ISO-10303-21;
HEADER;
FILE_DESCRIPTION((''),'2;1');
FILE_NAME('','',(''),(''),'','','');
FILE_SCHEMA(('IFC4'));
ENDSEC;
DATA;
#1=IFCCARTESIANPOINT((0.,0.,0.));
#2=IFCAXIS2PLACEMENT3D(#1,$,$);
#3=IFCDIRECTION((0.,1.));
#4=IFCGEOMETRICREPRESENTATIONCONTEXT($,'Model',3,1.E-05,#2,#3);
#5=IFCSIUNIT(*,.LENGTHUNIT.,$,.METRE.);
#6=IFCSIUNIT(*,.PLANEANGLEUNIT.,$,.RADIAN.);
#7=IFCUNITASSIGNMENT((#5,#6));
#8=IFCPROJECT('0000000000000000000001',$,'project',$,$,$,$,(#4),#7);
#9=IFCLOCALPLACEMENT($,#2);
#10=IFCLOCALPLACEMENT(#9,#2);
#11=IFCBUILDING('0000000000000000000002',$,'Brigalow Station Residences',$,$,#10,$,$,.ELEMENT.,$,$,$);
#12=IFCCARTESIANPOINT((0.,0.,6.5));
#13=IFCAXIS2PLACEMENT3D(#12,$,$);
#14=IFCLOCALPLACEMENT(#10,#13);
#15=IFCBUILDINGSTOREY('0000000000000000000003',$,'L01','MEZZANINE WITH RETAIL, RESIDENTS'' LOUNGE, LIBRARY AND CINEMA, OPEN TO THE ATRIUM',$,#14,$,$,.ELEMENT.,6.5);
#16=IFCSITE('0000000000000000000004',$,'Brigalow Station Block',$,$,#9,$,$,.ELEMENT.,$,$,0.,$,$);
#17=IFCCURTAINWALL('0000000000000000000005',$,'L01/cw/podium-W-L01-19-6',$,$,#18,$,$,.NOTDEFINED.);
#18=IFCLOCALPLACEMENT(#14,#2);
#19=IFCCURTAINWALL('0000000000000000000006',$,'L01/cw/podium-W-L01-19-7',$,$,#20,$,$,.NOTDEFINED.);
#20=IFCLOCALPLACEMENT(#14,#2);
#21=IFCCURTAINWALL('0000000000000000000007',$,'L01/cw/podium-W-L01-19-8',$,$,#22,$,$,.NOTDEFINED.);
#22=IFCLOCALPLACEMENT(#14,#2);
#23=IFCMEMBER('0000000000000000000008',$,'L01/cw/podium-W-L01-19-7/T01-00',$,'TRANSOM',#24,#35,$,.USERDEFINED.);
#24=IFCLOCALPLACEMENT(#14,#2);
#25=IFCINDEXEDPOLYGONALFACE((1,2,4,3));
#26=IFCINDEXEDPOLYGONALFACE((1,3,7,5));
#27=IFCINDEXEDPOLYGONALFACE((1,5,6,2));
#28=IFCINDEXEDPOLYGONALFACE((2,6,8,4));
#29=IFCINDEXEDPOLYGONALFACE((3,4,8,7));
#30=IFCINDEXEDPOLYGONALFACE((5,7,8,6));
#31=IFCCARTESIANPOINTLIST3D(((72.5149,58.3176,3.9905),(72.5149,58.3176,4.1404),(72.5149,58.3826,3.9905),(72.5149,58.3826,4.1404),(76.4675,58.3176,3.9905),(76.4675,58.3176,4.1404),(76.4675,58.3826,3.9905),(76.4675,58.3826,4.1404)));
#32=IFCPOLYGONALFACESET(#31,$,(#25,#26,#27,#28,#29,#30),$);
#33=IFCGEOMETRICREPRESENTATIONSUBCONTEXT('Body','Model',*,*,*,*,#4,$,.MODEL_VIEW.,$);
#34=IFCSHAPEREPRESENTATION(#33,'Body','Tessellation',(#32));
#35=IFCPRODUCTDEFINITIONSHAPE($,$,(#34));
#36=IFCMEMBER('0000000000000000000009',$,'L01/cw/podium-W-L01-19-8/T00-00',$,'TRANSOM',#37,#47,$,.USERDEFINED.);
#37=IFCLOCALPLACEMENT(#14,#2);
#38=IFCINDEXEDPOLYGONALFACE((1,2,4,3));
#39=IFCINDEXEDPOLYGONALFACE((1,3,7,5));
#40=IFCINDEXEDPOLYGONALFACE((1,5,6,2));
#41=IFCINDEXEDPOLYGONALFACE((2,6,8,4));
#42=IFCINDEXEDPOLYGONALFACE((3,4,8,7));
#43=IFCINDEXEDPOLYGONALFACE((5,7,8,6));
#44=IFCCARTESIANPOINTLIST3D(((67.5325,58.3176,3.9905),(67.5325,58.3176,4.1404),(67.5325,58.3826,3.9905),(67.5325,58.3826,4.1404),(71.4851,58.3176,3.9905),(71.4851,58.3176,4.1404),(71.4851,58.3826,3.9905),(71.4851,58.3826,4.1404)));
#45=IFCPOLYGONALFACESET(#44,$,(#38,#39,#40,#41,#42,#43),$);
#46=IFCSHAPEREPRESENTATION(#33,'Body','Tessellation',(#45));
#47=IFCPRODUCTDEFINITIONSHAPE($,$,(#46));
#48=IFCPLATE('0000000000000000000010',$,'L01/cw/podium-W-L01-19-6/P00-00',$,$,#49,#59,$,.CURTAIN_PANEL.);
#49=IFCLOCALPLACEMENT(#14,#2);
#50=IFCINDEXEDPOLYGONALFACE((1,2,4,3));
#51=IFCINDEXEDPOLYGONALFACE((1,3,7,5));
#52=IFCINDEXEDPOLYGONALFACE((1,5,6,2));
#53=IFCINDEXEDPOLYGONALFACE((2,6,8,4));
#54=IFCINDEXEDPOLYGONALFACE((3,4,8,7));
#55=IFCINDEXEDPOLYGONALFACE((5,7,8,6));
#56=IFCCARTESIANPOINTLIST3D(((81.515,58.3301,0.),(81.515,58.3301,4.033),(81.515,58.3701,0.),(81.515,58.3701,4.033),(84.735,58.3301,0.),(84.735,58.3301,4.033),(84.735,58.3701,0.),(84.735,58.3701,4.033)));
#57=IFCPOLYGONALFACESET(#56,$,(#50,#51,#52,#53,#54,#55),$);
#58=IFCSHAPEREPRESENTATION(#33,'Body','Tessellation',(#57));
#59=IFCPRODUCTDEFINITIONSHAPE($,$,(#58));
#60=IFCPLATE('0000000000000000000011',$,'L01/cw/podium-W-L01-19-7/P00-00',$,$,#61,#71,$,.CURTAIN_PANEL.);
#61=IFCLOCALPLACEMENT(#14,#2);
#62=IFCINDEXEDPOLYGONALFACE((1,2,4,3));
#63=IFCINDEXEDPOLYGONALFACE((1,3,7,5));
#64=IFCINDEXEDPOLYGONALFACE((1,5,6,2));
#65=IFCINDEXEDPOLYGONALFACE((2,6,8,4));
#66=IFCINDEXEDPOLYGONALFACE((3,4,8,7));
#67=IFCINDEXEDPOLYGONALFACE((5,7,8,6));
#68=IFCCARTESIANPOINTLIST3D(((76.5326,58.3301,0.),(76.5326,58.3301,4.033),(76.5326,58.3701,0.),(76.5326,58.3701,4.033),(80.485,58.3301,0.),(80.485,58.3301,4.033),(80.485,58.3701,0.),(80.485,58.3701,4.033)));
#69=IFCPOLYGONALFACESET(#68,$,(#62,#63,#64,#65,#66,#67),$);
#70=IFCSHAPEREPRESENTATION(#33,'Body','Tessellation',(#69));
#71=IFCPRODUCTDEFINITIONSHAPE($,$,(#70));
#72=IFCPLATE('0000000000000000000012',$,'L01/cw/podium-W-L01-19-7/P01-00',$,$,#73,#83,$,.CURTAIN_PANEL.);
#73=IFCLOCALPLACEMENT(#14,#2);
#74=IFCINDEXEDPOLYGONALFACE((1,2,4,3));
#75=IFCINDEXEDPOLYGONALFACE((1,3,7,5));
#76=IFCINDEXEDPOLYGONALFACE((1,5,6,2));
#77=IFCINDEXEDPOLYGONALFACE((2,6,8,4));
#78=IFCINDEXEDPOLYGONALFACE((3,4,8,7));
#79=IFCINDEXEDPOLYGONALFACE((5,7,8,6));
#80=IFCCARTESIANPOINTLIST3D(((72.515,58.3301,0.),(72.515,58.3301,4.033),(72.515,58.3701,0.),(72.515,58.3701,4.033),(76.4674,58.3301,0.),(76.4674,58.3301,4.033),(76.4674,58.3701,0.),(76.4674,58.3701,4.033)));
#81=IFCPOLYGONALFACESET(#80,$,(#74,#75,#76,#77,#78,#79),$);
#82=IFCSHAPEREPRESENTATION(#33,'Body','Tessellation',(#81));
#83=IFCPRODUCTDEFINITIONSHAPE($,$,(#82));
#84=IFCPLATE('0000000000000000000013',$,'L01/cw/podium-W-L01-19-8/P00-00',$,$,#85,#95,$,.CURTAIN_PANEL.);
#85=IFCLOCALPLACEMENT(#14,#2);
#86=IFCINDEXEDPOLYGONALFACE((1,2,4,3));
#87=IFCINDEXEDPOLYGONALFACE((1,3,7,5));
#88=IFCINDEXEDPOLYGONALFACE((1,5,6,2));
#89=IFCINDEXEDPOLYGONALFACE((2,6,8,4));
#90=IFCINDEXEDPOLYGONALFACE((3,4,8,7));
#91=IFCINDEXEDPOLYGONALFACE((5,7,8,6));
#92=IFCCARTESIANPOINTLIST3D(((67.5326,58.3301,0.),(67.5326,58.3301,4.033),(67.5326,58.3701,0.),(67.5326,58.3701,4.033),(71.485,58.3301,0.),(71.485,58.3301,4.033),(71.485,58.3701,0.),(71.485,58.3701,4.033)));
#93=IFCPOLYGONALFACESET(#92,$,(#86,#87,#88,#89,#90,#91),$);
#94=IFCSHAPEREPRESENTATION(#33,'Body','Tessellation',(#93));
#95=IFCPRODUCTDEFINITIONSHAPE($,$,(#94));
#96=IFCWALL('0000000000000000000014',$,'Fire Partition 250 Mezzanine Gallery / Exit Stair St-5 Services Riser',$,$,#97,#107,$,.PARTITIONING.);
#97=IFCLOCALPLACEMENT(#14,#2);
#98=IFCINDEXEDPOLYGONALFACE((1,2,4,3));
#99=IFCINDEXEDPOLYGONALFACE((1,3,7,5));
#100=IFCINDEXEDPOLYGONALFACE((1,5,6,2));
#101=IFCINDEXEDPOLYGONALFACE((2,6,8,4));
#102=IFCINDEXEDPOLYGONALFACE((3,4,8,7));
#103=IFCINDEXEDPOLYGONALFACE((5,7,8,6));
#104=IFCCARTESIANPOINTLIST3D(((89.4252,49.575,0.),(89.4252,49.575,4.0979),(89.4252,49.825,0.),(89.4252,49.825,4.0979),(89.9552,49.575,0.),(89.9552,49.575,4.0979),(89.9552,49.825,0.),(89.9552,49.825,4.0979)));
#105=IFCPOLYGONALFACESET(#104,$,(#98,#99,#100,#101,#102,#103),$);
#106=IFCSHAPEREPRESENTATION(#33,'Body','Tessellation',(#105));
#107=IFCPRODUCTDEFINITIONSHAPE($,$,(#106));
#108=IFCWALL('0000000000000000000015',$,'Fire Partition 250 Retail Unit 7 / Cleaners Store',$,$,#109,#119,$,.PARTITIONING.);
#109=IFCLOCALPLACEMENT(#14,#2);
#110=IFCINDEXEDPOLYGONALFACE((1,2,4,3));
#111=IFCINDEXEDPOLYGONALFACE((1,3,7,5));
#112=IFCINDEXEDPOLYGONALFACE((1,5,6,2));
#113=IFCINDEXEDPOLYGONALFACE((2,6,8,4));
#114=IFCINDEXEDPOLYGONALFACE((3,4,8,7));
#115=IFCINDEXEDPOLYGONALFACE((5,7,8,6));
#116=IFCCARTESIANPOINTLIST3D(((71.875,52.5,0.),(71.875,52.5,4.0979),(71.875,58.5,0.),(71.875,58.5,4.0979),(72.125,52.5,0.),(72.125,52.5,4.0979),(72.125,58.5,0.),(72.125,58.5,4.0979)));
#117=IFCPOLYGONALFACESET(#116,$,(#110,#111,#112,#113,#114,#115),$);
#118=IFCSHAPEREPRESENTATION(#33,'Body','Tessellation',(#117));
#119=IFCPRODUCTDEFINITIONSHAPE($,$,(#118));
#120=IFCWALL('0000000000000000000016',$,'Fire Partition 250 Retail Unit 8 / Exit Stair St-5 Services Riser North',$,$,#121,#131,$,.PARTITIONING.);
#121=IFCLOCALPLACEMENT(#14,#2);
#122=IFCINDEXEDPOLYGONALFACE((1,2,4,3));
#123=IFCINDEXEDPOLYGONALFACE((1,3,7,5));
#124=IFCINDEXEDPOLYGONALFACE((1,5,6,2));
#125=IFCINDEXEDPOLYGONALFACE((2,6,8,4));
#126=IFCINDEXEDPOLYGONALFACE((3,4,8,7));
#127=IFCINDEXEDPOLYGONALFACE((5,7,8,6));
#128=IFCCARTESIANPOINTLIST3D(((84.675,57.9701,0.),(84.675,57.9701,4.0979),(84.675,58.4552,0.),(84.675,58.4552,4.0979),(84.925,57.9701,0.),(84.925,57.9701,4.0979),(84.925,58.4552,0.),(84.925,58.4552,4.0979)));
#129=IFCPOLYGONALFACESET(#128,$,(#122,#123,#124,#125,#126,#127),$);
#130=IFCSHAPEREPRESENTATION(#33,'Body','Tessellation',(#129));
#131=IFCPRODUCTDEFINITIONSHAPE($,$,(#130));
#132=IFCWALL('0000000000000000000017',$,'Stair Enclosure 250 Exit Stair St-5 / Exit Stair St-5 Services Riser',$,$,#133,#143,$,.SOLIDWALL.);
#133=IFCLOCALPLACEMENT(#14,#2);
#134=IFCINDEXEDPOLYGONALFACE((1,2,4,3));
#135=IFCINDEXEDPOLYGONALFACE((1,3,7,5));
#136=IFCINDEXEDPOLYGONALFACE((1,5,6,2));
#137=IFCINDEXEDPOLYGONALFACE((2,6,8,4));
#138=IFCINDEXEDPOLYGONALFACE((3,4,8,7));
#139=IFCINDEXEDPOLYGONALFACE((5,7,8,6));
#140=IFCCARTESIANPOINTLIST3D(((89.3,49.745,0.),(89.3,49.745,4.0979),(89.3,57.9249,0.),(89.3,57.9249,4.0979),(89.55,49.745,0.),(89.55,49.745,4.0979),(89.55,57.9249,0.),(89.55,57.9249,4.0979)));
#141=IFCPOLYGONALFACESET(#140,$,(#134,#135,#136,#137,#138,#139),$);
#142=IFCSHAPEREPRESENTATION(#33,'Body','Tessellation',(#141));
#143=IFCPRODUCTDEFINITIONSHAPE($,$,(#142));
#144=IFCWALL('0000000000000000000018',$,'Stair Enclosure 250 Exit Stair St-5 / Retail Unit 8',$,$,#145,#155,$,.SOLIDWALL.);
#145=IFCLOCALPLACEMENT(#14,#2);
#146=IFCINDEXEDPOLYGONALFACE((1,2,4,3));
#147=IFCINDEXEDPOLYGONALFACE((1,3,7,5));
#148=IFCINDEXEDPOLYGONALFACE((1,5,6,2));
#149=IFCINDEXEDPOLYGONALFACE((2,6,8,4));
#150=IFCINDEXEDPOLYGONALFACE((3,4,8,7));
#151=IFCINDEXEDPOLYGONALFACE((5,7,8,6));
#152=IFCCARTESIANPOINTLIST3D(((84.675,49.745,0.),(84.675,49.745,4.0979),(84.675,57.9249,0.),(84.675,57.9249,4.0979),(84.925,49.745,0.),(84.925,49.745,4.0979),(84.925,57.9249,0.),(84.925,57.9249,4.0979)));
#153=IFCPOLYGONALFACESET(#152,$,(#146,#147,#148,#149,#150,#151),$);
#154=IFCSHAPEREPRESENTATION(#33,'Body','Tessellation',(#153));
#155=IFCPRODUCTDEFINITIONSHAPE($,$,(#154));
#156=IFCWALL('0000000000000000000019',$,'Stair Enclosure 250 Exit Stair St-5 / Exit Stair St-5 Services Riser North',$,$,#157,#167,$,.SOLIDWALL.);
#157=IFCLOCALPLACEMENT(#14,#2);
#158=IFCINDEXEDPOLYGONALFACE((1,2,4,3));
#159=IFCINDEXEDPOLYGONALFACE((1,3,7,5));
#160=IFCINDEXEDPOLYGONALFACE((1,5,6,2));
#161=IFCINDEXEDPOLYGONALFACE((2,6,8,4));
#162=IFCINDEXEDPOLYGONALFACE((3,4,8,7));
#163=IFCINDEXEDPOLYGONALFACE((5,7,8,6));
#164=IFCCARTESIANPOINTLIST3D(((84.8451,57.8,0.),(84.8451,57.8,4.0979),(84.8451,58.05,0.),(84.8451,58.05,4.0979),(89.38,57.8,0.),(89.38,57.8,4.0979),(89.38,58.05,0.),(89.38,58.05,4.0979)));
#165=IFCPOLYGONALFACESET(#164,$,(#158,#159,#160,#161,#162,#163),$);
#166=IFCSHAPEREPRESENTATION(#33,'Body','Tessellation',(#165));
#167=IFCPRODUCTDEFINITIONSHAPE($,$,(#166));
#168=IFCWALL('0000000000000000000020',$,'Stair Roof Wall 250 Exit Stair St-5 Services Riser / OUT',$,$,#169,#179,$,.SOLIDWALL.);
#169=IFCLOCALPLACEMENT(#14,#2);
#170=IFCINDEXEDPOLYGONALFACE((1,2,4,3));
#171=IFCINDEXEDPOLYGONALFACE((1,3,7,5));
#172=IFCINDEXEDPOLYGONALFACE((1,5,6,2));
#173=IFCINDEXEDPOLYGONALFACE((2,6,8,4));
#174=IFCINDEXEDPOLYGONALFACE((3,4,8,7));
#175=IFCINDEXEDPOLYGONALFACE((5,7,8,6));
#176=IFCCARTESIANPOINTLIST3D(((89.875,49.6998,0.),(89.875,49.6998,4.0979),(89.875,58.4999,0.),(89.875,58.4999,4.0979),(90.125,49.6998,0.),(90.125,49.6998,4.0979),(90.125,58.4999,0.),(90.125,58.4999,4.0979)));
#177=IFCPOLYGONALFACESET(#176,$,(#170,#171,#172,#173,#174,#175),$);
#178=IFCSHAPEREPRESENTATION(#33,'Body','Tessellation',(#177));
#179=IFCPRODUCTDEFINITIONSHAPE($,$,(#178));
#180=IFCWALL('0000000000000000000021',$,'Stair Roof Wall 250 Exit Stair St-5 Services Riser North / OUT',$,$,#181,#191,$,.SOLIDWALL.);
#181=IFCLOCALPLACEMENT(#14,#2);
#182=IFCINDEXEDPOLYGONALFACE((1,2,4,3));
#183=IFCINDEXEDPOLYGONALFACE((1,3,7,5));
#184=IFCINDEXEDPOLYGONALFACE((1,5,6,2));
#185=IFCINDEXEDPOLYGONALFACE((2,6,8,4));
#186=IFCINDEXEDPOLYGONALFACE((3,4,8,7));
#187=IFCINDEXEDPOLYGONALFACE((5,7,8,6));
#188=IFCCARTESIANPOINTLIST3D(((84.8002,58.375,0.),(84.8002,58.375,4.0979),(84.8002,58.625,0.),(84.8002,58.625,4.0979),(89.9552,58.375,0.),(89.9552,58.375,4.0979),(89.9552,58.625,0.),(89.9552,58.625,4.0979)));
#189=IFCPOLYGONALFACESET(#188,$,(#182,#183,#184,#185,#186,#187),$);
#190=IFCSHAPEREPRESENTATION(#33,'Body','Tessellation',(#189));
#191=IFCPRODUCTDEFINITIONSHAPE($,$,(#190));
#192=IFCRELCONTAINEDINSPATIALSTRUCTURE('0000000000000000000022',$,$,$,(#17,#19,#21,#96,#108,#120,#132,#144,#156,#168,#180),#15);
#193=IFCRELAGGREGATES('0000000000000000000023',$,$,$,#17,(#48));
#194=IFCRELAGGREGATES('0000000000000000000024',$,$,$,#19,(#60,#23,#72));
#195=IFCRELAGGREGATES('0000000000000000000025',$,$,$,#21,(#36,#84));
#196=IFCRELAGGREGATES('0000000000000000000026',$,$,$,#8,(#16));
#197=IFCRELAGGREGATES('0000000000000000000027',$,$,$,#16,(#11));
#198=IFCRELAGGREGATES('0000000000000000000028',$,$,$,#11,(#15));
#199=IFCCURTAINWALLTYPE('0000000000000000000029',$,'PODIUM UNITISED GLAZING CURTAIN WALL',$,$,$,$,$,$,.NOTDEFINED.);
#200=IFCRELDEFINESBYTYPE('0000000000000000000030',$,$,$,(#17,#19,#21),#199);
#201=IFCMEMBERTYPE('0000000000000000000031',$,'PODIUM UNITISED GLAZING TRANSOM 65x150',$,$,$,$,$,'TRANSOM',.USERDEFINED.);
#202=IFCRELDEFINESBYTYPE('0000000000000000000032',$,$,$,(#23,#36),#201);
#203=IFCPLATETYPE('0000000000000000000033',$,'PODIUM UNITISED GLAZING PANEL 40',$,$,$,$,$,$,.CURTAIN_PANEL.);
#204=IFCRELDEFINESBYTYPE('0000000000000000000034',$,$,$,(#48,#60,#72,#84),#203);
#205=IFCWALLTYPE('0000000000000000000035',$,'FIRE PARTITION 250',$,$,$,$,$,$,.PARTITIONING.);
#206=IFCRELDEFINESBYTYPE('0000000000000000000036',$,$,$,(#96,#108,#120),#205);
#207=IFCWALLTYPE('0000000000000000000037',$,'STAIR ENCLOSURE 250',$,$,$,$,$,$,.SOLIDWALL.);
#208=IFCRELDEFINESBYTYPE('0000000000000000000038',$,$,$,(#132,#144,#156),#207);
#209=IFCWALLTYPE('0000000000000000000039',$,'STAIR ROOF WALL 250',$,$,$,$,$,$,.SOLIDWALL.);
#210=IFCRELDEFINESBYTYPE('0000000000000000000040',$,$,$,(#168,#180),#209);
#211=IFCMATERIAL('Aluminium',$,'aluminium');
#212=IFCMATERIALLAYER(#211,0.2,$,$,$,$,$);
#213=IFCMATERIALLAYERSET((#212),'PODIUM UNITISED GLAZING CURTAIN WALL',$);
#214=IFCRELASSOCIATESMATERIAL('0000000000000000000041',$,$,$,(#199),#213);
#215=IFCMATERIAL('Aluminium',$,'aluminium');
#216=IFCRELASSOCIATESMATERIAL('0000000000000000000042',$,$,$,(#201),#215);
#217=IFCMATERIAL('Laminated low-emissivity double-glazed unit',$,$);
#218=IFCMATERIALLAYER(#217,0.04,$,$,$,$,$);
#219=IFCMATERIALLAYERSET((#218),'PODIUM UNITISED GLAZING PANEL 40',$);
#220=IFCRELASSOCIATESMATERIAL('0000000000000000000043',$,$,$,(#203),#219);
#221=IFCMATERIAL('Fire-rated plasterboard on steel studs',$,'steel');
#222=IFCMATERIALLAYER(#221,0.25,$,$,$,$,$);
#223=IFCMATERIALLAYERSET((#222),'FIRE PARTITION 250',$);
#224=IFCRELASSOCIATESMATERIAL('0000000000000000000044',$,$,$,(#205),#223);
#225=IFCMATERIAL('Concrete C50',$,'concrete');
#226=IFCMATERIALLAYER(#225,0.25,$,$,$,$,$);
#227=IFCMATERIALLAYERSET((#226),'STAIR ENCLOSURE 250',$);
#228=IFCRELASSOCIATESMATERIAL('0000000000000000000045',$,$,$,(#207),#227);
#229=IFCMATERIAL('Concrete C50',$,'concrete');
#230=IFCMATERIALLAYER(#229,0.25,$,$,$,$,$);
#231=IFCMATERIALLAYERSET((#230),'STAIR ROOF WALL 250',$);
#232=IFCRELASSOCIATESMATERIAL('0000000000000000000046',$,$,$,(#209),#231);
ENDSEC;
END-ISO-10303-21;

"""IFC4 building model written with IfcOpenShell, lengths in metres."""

from ifc_helpers import new_model, si_unit, direction, frame, frame_2d, origin, origin_2d, place, context, subcontext, project, spatial, rectangle, extrude, material, layer, layer_set, material_profile, profile_set, type_object, element, aggregate, save


model = new_model("IFC4")

# Units and contexts
model_context = context("Model", 3, precision=1e-05, world=origin(), true_north=direction((0.0, 1.0)))
body_context = subcontext(model_context, "Body", "Model", "MODEL_VIEW")
ifc_project = project(units=[si_unit("LENGTHUNIT", "METRE"), si_unit("PLANEANGLEUNIT", "RADIAN")], contexts=[model_context])

# Site, building, storey
site_placement = place(None, origin())
site = spatial("IfcSite", under=ifc_project, at=site_placement, Name="Brigalow Station Block", CompositionType="ELEMENT", RefElevation=0.0)
building_placement = place(site_placement, origin())
building = spatial("IfcBuilding", under=site, at=building_placement, Name="Brigalow Station Residences", CompositionType="ELEMENT")
storey_placement = place(building_placement, frame((0.0, 0.0, 6.5)))
storey = spatial("IfcBuildingStorey", under=building, at=storey_placement, Name="L01", Description="MEZZANINE WITH RETAIL, RESIDENTS' LOUNGE, LIBRARY AND CINEMA, OPEN TO THE ATRIUM", CompositionType="ELEMENT", Elevation=6.5)

# Curtain walls
ifc_material_1 = material(Name="Aluminium", Category="aluminium")
ifc_layer_1 = layer(ifc_material_1, 0.2)
ifc_layer_set_1 = layer_set([ifc_layer_1], Name="PODIUM UNITISED GLAZING CURTAIN WALL")
curtain_wall_type = type_object("IfcCurtainWallType", Name="PODIUM UNITISED GLAZING CURTAIN WALL", PredefinedType="NOTDEFINED", material=ifc_layer_set_1)
curtain_wall_1_placement = place(storey_placement, origin())
curtain_wall_1 = element("IfcCurtainWall", 1, at=curtain_wall_1_placement, inside=storey, type_object=curtain_wall_type, Name="L01/cw/podium-W-L01-19-6", PredefinedType="NOTDEFINED")
curtain_wall_2_placement = place(storey_placement, origin())
curtain_wall_2 = element("IfcCurtainWall", 2, at=curtain_wall_2_placement, inside=storey, type_object=curtain_wall_type, Name="L01/cw/podium-W-L01-19-7", PredefinedType="NOTDEFINED")

# Curtain wall
curtain_wall_3_placement = place(storey_placement, origin())
curtain_wall_3 = element("IfcCurtainWall", 3, at=curtain_wall_3_placement, inside=storey, type_object=curtain_wall_type, Name="L01/cw/podium-W-L01-19-8", PredefinedType="NOTDEFINED")

# Members
ifc_material_2 = material(Name="Aluminium", Category="aluminium")
ifc_material_profile_1 = material_profile(ifc_material_2, rectangle(XDim=0.0649, YDim=0.1499, at=origin_2d()), Name="PODIUM UNITISED GLAZING TRANSOM 65x150")
ifc_profile_set_1 = profile_set([ifc_material_profile_1], Name="Aluminium")
member_type_1 = type_object("IfcMemberType", Name="PODIUM UNITISED GLAZING TRANSOM 65x150", ElementType="TRANSOM", PredefinedType="USERDEFINED", material=ifc_profile_set_1)
member_1_placement = place(storey_placement, frame((76.4675, 58.3501, 4.0654), z_axis=(-1.0, 0.0, 0.0), x_axis=(0.0, -1.0, 0.0)))
member_1 = element("IfcMember", 4, at=member_1_placement, type_object=member_type_1, Name="L01/cw/podium-W-L01-19-7/T01-00", ObjectType="TRANSOM", PredefinedType="USERDEFINED", context=body_context, shape_type="SweptSolid", body=[
    extrude(rectangle(XDim=0.0649, YDim=0.1499, at=origin_2d()), origin(), (0.0, 0.0, 1.0), 3.9526),
])
member_2_placement = place(storey_placement, frame((71.4851, 58.3501, 4.0654), z_axis=(-1.0, 0.0, 0.0), x_axis=(0.0, -1.0, 0.0)))
member_2 = element("IfcMember", 5, at=member_2_placement, type_object=member_type_1, Name="L01/cw/podium-W-L01-19-8/T00-00", ObjectType="TRANSOM", PredefinedType="USERDEFINED", context=body_context, shape_type="SweptSolid", body=[
    extrude(rectangle(XDim=0.0649, YDim=0.1499, at=origin_2d()), origin(), (0.0, 0.0, 1.0), 3.9526),
])

# Plates
ifc_material_3 = material(Name="Laminated low-emissivity double-glazed unit")
ifc_layer_2 = layer(ifc_material_3, 0.04)
ifc_layer_set_2 = layer_set([ifc_layer_2], Name="PODIUM UNITISED GLAZING PANEL 40")
plate_type = type_object("IfcPlateType", Name="PODIUM UNITISED GLAZING PANEL 40", PredefinedType="CURTAIN_PANEL", material=ifc_layer_set_2)
plate_1_placement = place(storey_placement, frame((83.125, 58.3501, 0.0), z_axis=(0.0, 0.0, 1.0), x_axis=(-1.0, 0.0, 0.0)))
plate_1 = element("IfcPlate", 6, at=plate_1_placement, type_object=plate_type, Name="L01/cw/podium-W-L01-19-6/P00-00", PredefinedType="CURTAIN_PANEL", context=body_context, shape_type="SweptSolid", body=[
    extrude(rectangle(XDim=3.22, YDim=0.04, at=origin_2d()), origin(), (0.0, 0.0, 1.0), 4.033),
])
aggregate(curtain_wall_1, [plate_1])
plate_2_placement = place(storey_placement, frame((78.5088, 58.3501, 0.0), z_axis=(0.0, 0.0, 1.0), x_axis=(-1.0, 0.0, 0.0)))
plate_2 = element("IfcPlate", 7, at=plate_2_placement, type_object=plate_type, Name="L01/cw/podium-W-L01-19-7/P00-00", PredefinedType="CURTAIN_PANEL", context=body_context, shape_type="SweptSolid", body=[
    extrude(rectangle(XDim=3.9524, YDim=0.04, at=origin_2d()), origin(), (0.0, 0.0, 1.0), 4.033),
])
plate_3_placement = place(storey_placement, frame((74.4912, 58.3501, 0.0), z_axis=(0.0, 0.0, 1.0), x_axis=(-1.0, 0.0, 0.0)))
plate_3 = element("IfcPlate", 8, at=plate_3_placement, type_object=plate_type, Name="L01/cw/podium-W-L01-19-7/P01-00", PredefinedType="CURTAIN_PANEL", context=body_context, shape_type="SweptSolid", body=[
    extrude(rectangle(XDim=3.9524, YDim=0.04, at=origin_2d()), origin(), (0.0, 0.0, 1.0), 4.033),
])
aggregate(curtain_wall_2, [plate_2, member_1, plate_3])
plate_4_placement = place(storey_placement, frame((69.5088, 58.3501, 0.0), z_axis=(0.0, 0.0, 1.0), x_axis=(-1.0, 0.0, 0.0)))
plate_4 = element("IfcPlate", 9, at=plate_4_placement, type_object=plate_type, Name="L01/cw/podium-W-L01-19-8/P00-00", PredefinedType="CURTAIN_PANEL", context=body_context, shape_type="SweptSolid", body=[
    extrude(rectangle(XDim=3.9524, YDim=0.04, at=origin_2d()), origin(), (0.0, 0.0, 1.0), 4.033),
])
aggregate(curtain_wall_3, [member_2, plate_4])

# Walls
ifc_material_4 = material(Name="Fire-rated plasterboard on steel studs", Category="steel")
ifc_layer_3 = layer(ifc_material_4, 0.25)
ifc_layer_set_3 = layer_set([ifc_layer_3], Name="FIRE PARTITION 250")
wall_type_1 = type_object("IfcWallType", Name="FIRE PARTITION 250", PredefinedType="PARTITIONING", material=ifc_layer_set_3)
wall_1_placement = place(storey_placement, frame((89.425, 49.7, 0.0), z_axis=(0.0, 0.0, 1.0), x_axis=(1.0, 0.0, 0.0)))
element("IfcWall", 10, at=wall_1_placement, inside=storey, type_object=wall_type_1, Name="Fire Partition 250 Mezzanine Gallery / Exit Stair St-5 Services Riser", PredefinedType="PARTITIONING", context=body_context, shape_type="SweptSolid", body=[
    extrude(rectangle(XDim=0.53, YDim=0.25, at=frame_2d((0.2651, 0.0))), origin(), (0.0, 0.0, 1.0), 4.0979),
])
wall_2_placement = place(storey_placement, frame((72.0, 52.5, 0.0), z_axis=(0.0, 0.0, 1.0), x_axis=(0.0, 1.0, 0.0)))
element("IfcWall", 11, at=wall_2_placement, inside=storey, type_object=wall_type_1, Name="Fire Partition 250 Retail Unit 7 / Cleaners Store", PredefinedType="PARTITIONING", context=body_context, shape_type="SweptSolid", body=[
    extrude(rectangle(XDim=6.0, YDim=0.25, at=frame_2d((3.0, 0.0))), origin(), (0.0, 0.0, 1.0), 4.0979),
])
wall_3_placement = place(storey_placement, frame((84.8, 57.97, 0.0), z_axis=(0.0, 0.0, 1.0), x_axis=(0.0, 1.0, 0.0)))
element("IfcWall", 12, at=wall_3_placement, inside=storey, type_object=wall_type_1, Name="Fire Partition 250 Retail Unit 8 / Exit Stair St-5 Services Riser North", PredefinedType="PARTITIONING", context=body_context, shape_type="SweptSolid", body=[
    extrude(rectangle(XDim=0.4851, YDim=0.25, at=frame_2d((0.2427, 0.0))), origin(), (0.0, 0.0, 1.0), 4.0979),
])

# Shared definitions
ifc_material_5 = material(Name="Concrete C50", Category="concrete")
ifc_layer_4 = layer(ifc_material_5, 0.25)
ifc_layer_set_4 = layer_set([ifc_layer_4], Name="STAIR ENCLOSURE 250")
wall_type_2 = type_object("IfcWallType", Name="STAIR ENCLOSURE 250", PredefinedType="SOLIDWALL", material=ifc_layer_set_4)

# Walls
for number, where, z_axis, x_axis, name in (
    (13, (89.425, 49.7451, 0.0), (0.0, 0.0, 1.0), (0.0, 1.0, 0.0), "Stair Enclosure 250 Exit Stair St-5 / Exit Stair St-5 Services Riser"),
    (14, (84.8, 49.7451, 0.0), (0.0, 0.0, 1.0), (0.0, 1.0, 0.0), "Stair Enclosure 250 Exit Stair St-5 / Retail Unit 8"),
):
    element("IfcWall", number, at=place(storey_placement, frame(where, z_axis=z_axis, x_axis=x_axis)), inside=storey, type_object=wall_type_2, Name=name, PredefinedType="SOLIDWALL", context=body_context, shape_type="SweptSolid", body=[
        extrude(rectangle(XDim=8.1799, YDim=0.25, at=frame_2d((4.0898, 0.0))), origin(), (0.0, 0.0, 1.0), 4.0979),
    ])
wall_4_placement = place(storey_placement, frame((84.845, 57.925, 0.0), z_axis=(0.0, 0.0, 1.0), x_axis=(1.0, 0.0, 0.0)))
element("IfcWall", 15, at=wall_4_placement, inside=storey, type_object=wall_type_2, Name="Stair Enclosure 250 Exit Stair St-5 / Exit Stair St-5 Services Riser North", PredefinedType="SOLIDWALL", context=body_context, shape_type="SweptSolid", body=[
    extrude(rectangle(XDim=4.5349, YDim=0.25, at=frame_2d((2.2676, 0.0))), origin(), (0.0, 0.0, 1.0), 4.0979),
])
ifc_material_6 = material(Name="Concrete C50", Category="concrete")
ifc_layer_5 = layer(ifc_material_6, 0.25)
ifc_layer_set_5 = layer_set([ifc_layer_5], Name="STAIR ROOF WALL 250")
wall_type_3 = type_object("IfcWallType", Name="STAIR ROOF WALL 250", PredefinedType="SOLIDWALL", material=ifc_layer_set_5)
wall_5_placement = place(storey_placement, frame((90.0, 49.7, 0.0), z_axis=(0.0, 0.0, 1.0), x_axis=(0.0, 1.0, 0.0)))
element("IfcWall", 16, at=wall_5_placement, inside=storey, type_object=wall_type_3, Name="Stair Roof Wall 250 Exit Stair St-5 Services Riser / OUT", PredefinedType="SOLIDWALL", context=body_context, shape_type="SweptSolid", body=[
    extrude(rectangle(XDim=8.8, YDim=0.25, at=frame_2d((4.3999, 0.0))), origin(), (0.0, 0.0, 1.0), 4.0979),
])
wall_6_placement = place(storey_placement, frame((84.8, 58.5, 0.0), z_axis=(0.0, 0.0, 1.0), x_axis=(1.0, 0.0, 0.0)))
element("IfcWall", 17, at=wall_6_placement, inside=storey, type_object=wall_type_3, Name="Stair Roof Wall 250 Exit Stair St-5 Services Riser North / OUT", PredefinedType="SOLIDWALL", context=body_context, shape_type="SweptSolid", body=[
    extrude(rectangle(XDim=5.155, YDim=0.25, at=frame_2d((2.5776, 0.0))), origin(), (0.0, 0.0, 1.0), 4.0979),
])

save(model, "model.ifc")
